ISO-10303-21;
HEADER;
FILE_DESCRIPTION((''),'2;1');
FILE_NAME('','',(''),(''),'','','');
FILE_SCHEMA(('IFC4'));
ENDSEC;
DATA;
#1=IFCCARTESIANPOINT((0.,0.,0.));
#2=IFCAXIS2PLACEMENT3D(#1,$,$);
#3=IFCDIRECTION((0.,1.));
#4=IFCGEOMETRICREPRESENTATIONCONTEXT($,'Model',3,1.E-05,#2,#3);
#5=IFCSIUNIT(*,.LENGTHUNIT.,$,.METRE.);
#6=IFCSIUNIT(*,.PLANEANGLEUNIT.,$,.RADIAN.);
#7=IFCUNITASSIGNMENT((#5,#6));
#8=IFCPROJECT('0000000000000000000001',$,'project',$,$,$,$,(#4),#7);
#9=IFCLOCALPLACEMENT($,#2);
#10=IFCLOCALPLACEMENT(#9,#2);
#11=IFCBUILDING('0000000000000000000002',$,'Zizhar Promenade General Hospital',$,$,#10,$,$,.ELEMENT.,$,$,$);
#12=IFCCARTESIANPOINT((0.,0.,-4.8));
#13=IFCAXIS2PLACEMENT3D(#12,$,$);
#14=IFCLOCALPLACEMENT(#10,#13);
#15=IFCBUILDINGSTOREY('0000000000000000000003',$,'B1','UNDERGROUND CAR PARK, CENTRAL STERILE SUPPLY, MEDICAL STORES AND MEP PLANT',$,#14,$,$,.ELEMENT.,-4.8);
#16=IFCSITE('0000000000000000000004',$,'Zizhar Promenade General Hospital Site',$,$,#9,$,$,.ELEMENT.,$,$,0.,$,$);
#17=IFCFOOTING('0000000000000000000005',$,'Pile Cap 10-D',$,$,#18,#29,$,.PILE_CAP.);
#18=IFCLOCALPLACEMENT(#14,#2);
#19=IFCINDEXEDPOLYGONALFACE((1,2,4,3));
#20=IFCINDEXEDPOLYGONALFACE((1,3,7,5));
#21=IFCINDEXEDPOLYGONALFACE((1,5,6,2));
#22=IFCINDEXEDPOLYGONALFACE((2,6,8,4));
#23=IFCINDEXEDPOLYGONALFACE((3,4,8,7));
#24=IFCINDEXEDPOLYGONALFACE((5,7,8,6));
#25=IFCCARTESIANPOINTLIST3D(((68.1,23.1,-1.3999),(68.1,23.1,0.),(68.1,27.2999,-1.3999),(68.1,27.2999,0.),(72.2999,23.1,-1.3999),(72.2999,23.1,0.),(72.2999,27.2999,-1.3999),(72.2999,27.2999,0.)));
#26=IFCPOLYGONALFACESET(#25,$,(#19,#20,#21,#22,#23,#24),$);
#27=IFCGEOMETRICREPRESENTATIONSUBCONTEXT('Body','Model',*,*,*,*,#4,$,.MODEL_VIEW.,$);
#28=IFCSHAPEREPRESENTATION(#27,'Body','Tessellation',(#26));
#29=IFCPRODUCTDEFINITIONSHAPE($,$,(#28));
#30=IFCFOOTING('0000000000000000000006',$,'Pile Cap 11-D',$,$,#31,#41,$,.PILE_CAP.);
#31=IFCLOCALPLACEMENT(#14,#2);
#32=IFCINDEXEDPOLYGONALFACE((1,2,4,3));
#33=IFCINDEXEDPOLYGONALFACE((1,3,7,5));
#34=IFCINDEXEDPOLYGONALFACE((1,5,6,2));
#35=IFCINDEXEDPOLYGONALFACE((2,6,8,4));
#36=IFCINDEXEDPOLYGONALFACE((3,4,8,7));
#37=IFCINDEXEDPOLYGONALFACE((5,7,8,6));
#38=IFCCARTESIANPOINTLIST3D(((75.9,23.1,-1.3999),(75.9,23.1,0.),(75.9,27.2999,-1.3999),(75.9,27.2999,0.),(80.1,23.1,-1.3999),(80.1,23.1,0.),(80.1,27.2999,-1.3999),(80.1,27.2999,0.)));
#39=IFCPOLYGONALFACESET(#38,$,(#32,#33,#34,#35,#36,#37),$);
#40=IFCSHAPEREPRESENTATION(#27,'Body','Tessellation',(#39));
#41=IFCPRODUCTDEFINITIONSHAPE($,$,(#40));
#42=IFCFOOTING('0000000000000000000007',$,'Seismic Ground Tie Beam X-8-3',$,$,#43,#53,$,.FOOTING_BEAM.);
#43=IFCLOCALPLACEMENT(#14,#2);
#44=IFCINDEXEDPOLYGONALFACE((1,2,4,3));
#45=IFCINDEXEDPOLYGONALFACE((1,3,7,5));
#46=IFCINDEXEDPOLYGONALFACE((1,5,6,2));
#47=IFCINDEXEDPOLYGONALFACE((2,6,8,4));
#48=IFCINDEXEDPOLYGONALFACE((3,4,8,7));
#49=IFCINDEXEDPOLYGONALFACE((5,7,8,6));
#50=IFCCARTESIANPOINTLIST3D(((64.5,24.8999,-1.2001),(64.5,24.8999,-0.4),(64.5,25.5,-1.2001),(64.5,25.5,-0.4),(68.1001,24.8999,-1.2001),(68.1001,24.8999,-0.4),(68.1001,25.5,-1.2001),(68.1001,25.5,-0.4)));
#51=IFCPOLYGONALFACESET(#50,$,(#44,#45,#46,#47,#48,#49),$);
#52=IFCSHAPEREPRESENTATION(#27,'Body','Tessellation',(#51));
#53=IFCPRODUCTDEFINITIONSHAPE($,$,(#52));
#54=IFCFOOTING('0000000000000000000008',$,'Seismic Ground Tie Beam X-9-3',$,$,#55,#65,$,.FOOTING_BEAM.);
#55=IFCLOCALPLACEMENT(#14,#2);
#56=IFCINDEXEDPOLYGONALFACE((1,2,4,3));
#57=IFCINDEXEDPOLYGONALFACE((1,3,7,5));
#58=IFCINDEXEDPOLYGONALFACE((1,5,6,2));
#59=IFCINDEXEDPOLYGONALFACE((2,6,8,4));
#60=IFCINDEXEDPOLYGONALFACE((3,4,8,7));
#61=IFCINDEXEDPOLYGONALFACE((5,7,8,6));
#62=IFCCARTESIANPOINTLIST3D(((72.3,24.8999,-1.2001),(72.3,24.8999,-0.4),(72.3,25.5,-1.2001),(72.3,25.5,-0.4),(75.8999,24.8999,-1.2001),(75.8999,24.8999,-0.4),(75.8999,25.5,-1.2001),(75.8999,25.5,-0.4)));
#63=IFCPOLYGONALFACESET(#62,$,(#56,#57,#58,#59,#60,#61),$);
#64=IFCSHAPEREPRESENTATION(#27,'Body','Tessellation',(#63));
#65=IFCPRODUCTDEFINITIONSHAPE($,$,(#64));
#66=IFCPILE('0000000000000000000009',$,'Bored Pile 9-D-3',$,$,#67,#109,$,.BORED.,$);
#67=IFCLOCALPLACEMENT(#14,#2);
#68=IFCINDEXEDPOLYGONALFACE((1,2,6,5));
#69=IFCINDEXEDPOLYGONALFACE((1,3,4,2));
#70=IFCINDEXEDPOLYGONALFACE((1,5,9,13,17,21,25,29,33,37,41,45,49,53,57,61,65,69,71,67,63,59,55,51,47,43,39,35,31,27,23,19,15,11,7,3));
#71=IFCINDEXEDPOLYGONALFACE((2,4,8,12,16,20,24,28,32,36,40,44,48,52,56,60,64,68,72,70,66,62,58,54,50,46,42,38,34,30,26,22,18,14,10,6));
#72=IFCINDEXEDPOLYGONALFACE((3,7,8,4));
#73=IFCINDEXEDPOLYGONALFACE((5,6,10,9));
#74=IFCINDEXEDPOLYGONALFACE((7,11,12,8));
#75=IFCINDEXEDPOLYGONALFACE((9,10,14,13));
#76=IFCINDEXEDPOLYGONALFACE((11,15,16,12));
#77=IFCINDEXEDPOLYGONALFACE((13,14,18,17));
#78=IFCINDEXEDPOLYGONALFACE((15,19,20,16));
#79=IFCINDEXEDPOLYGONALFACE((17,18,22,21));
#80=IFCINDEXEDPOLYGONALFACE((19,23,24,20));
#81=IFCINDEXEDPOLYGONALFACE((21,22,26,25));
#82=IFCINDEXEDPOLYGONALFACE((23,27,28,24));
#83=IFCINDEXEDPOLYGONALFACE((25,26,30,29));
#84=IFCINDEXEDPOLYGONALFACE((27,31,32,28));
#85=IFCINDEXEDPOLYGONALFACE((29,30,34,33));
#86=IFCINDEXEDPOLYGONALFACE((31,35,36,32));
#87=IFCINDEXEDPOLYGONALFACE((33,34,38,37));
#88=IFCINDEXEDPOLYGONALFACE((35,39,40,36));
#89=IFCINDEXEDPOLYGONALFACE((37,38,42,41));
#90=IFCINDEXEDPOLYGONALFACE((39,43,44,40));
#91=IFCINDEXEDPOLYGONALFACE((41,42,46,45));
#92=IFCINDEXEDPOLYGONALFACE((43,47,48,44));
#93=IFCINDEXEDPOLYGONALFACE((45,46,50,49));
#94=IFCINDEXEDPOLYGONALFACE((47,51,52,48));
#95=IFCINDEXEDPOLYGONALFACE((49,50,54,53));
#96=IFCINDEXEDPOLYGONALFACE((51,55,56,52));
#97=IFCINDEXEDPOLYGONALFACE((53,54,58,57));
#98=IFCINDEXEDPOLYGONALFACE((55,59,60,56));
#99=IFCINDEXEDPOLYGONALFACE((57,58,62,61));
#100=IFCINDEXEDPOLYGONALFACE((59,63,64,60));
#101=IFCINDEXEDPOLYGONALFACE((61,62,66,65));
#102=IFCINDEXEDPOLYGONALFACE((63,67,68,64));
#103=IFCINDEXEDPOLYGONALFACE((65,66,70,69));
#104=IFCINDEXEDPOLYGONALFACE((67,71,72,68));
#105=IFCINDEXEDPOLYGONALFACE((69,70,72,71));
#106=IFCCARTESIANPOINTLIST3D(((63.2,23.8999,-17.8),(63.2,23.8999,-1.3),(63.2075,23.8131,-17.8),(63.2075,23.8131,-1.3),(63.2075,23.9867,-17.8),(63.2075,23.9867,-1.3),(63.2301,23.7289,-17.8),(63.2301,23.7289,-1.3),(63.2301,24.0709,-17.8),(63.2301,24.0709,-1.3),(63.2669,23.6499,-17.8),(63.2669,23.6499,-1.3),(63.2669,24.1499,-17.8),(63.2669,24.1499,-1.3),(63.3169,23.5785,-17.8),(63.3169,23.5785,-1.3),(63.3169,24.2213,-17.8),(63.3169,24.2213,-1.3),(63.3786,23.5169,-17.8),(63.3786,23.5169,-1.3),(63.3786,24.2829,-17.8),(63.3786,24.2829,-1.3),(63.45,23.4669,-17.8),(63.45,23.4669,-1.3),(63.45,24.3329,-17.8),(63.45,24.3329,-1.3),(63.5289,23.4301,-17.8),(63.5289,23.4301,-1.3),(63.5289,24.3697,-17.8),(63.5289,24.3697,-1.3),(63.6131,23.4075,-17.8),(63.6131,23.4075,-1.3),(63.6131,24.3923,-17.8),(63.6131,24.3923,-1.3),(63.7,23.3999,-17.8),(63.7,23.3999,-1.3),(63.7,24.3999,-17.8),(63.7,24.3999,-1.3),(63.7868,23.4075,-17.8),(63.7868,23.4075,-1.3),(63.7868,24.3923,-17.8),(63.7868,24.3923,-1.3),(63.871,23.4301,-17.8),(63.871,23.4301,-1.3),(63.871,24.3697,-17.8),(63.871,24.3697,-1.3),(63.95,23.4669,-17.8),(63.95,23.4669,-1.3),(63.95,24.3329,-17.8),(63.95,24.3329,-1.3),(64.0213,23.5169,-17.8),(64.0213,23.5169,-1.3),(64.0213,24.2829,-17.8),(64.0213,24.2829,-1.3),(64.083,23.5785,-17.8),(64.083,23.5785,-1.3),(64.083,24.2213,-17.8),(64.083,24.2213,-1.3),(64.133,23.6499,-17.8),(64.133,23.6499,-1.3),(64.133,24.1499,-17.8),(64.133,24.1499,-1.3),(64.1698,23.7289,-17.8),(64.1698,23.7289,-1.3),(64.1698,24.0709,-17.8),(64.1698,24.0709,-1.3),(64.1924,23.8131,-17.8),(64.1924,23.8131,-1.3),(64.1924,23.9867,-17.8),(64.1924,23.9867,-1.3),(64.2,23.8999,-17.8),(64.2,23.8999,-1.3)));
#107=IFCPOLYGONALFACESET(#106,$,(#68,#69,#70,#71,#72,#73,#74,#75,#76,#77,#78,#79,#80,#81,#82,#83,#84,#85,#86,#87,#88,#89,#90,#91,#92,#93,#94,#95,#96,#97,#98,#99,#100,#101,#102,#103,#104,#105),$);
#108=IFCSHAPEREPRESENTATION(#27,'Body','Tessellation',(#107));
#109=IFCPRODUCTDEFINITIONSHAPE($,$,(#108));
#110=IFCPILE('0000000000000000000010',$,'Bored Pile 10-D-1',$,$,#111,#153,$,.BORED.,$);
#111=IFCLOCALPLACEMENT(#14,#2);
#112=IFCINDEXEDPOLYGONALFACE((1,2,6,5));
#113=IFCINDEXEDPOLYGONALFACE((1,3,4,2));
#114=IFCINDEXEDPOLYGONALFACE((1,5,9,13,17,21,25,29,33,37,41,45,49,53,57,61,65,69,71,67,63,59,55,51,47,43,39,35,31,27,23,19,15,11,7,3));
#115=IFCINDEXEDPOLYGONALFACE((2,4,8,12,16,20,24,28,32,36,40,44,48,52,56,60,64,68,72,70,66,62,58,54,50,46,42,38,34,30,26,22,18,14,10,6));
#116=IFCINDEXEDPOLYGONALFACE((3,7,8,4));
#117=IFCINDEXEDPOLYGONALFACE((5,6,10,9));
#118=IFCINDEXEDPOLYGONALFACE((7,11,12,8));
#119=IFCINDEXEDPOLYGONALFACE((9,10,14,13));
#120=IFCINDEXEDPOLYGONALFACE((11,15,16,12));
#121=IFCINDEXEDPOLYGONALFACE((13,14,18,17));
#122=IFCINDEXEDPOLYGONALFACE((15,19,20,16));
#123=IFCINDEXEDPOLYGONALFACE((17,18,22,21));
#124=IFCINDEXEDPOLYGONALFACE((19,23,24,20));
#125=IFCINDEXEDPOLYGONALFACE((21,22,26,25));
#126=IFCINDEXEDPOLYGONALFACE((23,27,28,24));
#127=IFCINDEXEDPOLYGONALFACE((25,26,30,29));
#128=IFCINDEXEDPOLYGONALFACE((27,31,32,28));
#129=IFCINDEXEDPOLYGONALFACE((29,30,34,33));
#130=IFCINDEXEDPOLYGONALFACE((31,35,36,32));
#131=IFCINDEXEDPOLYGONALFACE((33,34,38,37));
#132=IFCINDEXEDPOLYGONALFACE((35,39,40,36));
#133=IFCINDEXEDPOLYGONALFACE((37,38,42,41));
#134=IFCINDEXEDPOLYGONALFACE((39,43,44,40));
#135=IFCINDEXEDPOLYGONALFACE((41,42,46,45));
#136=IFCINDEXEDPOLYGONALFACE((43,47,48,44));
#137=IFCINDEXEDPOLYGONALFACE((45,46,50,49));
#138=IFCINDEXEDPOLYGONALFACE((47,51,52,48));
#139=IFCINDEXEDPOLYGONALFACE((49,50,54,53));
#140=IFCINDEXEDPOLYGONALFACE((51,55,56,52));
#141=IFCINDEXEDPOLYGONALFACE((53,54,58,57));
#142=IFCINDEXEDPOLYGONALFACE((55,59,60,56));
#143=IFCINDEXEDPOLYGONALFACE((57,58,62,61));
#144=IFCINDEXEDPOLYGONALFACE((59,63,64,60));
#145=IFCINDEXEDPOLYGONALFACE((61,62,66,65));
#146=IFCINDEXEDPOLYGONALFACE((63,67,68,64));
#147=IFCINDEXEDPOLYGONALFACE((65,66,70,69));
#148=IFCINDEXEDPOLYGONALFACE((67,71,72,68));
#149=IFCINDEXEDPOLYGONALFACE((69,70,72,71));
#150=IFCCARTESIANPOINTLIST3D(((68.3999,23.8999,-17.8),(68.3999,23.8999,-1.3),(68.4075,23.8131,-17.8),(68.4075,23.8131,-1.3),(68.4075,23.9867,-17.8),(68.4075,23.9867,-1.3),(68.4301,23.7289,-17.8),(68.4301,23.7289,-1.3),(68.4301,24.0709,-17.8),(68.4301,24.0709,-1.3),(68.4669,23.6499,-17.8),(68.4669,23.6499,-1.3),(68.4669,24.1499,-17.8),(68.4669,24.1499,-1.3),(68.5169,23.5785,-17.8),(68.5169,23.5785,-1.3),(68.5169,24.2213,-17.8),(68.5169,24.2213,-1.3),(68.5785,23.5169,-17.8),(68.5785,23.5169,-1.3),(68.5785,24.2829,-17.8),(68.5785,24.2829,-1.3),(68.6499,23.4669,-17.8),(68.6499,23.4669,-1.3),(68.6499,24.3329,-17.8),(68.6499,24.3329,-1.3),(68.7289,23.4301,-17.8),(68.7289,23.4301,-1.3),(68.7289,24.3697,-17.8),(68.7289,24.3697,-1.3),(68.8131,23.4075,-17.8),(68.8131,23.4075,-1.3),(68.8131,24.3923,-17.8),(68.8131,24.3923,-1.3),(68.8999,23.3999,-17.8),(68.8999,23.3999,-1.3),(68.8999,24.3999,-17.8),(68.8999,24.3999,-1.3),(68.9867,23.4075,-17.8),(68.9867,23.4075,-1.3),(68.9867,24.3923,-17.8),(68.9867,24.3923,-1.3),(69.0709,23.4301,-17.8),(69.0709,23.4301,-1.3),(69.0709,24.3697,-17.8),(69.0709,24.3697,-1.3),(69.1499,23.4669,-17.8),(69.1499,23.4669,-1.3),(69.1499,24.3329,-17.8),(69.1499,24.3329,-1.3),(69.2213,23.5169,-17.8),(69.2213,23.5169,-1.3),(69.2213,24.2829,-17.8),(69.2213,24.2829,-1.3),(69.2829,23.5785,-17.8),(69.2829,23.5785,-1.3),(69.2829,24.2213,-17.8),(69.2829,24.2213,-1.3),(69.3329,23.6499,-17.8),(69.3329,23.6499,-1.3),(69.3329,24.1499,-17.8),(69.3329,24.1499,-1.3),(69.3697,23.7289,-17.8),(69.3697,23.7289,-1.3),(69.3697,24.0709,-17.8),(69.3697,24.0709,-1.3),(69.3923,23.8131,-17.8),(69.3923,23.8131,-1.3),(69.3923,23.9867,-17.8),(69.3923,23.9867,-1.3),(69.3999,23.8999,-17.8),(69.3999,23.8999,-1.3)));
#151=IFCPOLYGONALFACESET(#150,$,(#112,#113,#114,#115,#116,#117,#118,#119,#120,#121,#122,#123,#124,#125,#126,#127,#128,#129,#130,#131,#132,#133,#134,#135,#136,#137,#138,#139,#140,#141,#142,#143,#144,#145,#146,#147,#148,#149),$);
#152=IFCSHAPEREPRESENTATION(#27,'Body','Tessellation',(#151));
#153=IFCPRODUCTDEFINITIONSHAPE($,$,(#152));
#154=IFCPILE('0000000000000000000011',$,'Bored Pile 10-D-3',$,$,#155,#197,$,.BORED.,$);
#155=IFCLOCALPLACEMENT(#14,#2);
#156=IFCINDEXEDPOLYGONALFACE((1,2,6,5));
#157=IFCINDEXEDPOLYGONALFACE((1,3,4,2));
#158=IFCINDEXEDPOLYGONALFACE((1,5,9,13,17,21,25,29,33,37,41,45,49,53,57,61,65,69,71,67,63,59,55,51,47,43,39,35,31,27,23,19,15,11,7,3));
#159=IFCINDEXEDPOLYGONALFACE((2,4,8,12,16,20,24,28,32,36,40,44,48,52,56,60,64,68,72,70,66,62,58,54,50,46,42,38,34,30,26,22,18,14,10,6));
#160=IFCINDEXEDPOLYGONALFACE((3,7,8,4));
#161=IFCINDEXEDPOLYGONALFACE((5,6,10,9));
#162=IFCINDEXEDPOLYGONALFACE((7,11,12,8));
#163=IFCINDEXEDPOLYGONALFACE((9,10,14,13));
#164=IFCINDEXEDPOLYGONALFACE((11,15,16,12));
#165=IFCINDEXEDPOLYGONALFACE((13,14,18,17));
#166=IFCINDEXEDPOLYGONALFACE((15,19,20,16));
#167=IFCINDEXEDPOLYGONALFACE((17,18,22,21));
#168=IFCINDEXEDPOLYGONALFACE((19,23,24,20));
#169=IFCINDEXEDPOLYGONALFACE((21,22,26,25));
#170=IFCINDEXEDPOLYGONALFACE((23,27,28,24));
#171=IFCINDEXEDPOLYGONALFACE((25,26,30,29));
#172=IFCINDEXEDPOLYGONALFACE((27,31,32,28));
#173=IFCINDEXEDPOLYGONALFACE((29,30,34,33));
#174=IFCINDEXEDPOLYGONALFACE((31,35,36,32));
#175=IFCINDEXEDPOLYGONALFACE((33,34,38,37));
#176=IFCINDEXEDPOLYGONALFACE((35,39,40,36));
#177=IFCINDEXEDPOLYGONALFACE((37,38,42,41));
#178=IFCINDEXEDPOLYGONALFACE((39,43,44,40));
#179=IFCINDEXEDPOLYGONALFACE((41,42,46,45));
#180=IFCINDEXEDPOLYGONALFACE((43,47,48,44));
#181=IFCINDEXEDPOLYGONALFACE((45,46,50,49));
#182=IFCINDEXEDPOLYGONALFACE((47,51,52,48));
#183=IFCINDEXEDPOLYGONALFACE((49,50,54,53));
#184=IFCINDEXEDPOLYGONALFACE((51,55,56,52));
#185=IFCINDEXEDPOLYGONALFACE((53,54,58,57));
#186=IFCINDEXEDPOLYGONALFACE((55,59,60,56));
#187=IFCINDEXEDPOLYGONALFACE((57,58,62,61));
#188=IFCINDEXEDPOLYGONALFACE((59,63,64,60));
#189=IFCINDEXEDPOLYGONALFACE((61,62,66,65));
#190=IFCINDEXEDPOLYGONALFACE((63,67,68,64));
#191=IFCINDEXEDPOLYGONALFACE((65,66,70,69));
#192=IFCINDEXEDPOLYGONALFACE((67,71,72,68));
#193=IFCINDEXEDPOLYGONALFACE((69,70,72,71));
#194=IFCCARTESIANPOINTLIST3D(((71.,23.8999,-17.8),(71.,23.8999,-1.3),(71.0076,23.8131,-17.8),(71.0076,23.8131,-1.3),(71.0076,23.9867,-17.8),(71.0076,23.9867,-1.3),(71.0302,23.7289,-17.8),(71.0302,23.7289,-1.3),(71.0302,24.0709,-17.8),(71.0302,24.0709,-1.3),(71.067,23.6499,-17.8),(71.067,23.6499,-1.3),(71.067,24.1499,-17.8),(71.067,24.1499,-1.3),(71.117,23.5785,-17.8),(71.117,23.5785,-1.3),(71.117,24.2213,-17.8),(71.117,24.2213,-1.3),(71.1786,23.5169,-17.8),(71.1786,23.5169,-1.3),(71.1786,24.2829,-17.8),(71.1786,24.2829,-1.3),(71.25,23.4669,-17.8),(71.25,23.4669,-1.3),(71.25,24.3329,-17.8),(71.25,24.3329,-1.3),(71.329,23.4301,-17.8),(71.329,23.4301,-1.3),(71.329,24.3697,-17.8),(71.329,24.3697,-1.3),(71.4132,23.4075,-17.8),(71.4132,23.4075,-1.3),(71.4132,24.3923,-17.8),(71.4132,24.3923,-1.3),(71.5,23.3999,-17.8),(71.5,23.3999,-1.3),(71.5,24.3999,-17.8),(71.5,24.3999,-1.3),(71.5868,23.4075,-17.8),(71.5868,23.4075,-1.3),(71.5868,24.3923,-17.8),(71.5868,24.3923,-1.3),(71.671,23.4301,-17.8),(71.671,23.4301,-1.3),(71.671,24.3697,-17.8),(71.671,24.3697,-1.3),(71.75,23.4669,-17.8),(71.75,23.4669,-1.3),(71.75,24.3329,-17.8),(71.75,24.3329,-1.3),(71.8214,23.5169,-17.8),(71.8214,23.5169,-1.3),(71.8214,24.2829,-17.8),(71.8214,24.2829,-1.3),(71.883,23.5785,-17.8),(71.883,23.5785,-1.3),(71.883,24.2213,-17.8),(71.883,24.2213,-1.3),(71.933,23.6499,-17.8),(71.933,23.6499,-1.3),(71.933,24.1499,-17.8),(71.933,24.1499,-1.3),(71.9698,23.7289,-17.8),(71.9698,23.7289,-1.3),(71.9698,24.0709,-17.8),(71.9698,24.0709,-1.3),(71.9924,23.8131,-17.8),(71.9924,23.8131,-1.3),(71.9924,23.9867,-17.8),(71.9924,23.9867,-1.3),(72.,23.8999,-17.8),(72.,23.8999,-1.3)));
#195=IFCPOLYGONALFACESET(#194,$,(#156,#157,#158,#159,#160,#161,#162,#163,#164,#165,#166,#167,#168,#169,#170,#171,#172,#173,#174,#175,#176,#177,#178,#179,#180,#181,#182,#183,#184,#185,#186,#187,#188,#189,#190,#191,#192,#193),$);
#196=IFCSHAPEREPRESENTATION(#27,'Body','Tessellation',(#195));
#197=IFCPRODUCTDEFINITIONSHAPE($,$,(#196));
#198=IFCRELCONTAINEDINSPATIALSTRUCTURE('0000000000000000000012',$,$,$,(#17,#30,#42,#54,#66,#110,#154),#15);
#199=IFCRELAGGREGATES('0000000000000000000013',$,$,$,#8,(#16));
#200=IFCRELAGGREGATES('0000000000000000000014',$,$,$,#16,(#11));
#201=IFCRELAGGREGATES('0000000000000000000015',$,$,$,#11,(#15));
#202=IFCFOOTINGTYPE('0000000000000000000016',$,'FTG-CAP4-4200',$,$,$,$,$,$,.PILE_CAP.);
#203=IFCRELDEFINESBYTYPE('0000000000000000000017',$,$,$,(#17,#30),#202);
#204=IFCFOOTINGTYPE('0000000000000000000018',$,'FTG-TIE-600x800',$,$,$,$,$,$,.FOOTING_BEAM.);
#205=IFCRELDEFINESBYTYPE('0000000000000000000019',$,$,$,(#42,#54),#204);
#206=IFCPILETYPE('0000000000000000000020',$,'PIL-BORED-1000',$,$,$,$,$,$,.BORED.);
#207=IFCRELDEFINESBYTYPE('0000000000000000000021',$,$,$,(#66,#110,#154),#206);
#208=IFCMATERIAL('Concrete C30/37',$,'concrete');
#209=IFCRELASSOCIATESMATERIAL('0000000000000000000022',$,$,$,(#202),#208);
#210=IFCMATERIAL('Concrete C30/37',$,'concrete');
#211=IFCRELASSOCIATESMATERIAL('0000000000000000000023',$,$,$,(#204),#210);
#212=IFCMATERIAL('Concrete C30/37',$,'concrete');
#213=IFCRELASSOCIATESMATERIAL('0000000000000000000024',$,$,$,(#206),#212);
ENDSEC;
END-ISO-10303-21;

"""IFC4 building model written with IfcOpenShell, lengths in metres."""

from ifc_helpers import new_model, si_unit, direction, frame, origin, origin_2d, place, context, subcontext, project, spatial, rectangle, circle, extrude, material, material_profile, profile_set, type_object, element, save


model = new_model("IFC4")

# Units and contexts
model_context = context("Model", 3, precision=1e-05, world=origin(), true_north=direction((0.0, 1.0)))
body_context = subcontext(model_context, "Body", "Model", "MODEL_VIEW")
ifc_project = project(units=[si_unit("LENGTHUNIT", "METRE"), si_unit("PLANEANGLEUNIT", "RADIAN")], contexts=[model_context])

# Site, building, storey
site_placement = place(None, origin())
site = spatial("IfcSite", under=ifc_project, at=site_placement, Name="Zizhar Promenade General Hospital Site", CompositionType="ELEMENT", RefElevation=0.0)
building_placement = place(site_placement, origin())
building = spatial("IfcBuilding", under=site, at=building_placement, Name="Zizhar Promenade General Hospital", CompositionType="ELEMENT")
storey_placement = place(building_placement, frame((0.0, 0.0, -4.8)))
storey = spatial("IfcBuildingStorey", under=building, at=storey_placement, Name="B1", Description="UNDERGROUND CAR PARK, CENTRAL STERILE SUPPLY, MEDICAL STORES AND MEP PLANT", CompositionType="ELEMENT", Elevation=-4.8)

# Footings
ifc_material_1 = material(Name="Concrete C30/37", Category="concrete")
footing_type_1 = type_object("IfcFootingType", Name="FTG-CAP4-4200", PredefinedType="PILE_CAP", material=ifc_material_1)
for number, where, z_axis, x_axis, name in (
    (1, (70.2, 25.2, -1.3999), (0.0, 0.0, 1.0), (1.0, 0.0, 0.0), "Pile Cap 10-D"),
    (2, (78.0, 25.2, -1.3999), (0.0, 0.0, 1.0), (1.0, 0.0, 0.0), "Pile Cap 11-D"),
):
    element("IfcFooting", number, at=place(storey_placement, frame(where, z_axis=z_axis, x_axis=x_axis)), inside=storey, type_object=footing_type_1, Name=name, PredefinedType="PILE_CAP", context=body_context, shape_type="SweptSolid", body=[
        extrude(rectangle(XDim=4.2, YDim=4.2, at=origin_2d()), origin(), (0.0, 0.0, 1.0), 1.3999),
    ])
ifc_material_2 = material(Name="Concrete C30/37", Category="concrete")
ifc_material_profile_1 = material_profile(ifc_material_2, rectangle(XDim=0.6001, YDim=0.8, at=origin_2d()))
ifc_profile_set_1 = profile_set([ifc_material_profile_1], Name="Concrete C30/37")
footing_type_2 = type_object("IfcFootingType", Name="FTG-TIE-600x800", PredefinedType="FOOTING_BEAM", material=ifc_profile_set_1)
footing_1_placement = place(storey_placement, frame((64.5, 25.2, -0.8), z_axis=(1.0, 0.0, 0.0), x_axis=(0.0, 1.0, 0.0)))
element("IfcFooting", 3, at=footing_1_placement, inside=storey, type_object=footing_type_2, Name="Seismic Ground Tie Beam X-8-3", PredefinedType="FOOTING_BEAM", context=body_context, shape_type="SweptSolid", body=[
    extrude(rectangle(XDim=0.6001, YDim=0.8, at=origin_2d()), origin(), (0.0, 0.0, 1.0), 3.6001),
])
footing_2_placement = place(storey_placement, frame((72.3, 25.2, -0.8), z_axis=(1.0, 0.0, 0.0), x_axis=(0.0, 1.0, 0.0)))
element("IfcFooting", 4, at=footing_2_placement, inside=storey, type_object=footing_type_2, Name="Seismic Ground Tie Beam X-9-3", PredefinedType="FOOTING_BEAM", context=body_context, shape_type="SweptSolid", body=[
    extrude(rectangle(XDim=0.6001, YDim=0.8, at=origin_2d()), origin(), (0.0, 0.0, 1.0), 3.5999),
])

# Piles
ifc_material_3 = material(Name="Concrete C30/37", Category="concrete")
ifc_material_profile_2 = material_profile(ifc_material_3, circle(Radius=0.5, at=origin_2d()))
ifc_profile_set_2 = profile_set([ifc_material_profile_2], Name="Concrete C30/37")
pile_type_1 = type_object("IfcPileType", Name="PIL-BORED-1000", PredefinedType="BORED", material=ifc_profile_set_2)
for number, where, z_axis, x_axis, name in (
    (5, (63.7, 23.8999, -1.3), (0.0, 0.0, -1.0), (1.0, 0.0, 0.0), "Bored Pile 9-D-3"),
    (6, (68.8999, 23.8999, -1.3), (0.0, 0.0, -1.0), (1.0, 0.0, 0.0), "Bored Pile 10-D-1"),
    (7, (71.5, 23.8999, -1.3), (0.0, 0.0, -1.0), (1.0, 0.0, 0.0), "Bored Pile 10-D-3"),
):
    element("IfcPile", number, at=place(storey_placement, frame(where, z_axis=z_axis, x_axis=x_axis)), inside=storey, type_object=pile_type_1, Name=name, PredefinedType="BORED", context=body_context, shape_type="SweptSolid", body=[
        extrude(circle(Radius=0.5, at=origin_2d()), origin(), (0.0, 0.0, 1.0), 16.5),
    ])

save(model, "model.ifc")
